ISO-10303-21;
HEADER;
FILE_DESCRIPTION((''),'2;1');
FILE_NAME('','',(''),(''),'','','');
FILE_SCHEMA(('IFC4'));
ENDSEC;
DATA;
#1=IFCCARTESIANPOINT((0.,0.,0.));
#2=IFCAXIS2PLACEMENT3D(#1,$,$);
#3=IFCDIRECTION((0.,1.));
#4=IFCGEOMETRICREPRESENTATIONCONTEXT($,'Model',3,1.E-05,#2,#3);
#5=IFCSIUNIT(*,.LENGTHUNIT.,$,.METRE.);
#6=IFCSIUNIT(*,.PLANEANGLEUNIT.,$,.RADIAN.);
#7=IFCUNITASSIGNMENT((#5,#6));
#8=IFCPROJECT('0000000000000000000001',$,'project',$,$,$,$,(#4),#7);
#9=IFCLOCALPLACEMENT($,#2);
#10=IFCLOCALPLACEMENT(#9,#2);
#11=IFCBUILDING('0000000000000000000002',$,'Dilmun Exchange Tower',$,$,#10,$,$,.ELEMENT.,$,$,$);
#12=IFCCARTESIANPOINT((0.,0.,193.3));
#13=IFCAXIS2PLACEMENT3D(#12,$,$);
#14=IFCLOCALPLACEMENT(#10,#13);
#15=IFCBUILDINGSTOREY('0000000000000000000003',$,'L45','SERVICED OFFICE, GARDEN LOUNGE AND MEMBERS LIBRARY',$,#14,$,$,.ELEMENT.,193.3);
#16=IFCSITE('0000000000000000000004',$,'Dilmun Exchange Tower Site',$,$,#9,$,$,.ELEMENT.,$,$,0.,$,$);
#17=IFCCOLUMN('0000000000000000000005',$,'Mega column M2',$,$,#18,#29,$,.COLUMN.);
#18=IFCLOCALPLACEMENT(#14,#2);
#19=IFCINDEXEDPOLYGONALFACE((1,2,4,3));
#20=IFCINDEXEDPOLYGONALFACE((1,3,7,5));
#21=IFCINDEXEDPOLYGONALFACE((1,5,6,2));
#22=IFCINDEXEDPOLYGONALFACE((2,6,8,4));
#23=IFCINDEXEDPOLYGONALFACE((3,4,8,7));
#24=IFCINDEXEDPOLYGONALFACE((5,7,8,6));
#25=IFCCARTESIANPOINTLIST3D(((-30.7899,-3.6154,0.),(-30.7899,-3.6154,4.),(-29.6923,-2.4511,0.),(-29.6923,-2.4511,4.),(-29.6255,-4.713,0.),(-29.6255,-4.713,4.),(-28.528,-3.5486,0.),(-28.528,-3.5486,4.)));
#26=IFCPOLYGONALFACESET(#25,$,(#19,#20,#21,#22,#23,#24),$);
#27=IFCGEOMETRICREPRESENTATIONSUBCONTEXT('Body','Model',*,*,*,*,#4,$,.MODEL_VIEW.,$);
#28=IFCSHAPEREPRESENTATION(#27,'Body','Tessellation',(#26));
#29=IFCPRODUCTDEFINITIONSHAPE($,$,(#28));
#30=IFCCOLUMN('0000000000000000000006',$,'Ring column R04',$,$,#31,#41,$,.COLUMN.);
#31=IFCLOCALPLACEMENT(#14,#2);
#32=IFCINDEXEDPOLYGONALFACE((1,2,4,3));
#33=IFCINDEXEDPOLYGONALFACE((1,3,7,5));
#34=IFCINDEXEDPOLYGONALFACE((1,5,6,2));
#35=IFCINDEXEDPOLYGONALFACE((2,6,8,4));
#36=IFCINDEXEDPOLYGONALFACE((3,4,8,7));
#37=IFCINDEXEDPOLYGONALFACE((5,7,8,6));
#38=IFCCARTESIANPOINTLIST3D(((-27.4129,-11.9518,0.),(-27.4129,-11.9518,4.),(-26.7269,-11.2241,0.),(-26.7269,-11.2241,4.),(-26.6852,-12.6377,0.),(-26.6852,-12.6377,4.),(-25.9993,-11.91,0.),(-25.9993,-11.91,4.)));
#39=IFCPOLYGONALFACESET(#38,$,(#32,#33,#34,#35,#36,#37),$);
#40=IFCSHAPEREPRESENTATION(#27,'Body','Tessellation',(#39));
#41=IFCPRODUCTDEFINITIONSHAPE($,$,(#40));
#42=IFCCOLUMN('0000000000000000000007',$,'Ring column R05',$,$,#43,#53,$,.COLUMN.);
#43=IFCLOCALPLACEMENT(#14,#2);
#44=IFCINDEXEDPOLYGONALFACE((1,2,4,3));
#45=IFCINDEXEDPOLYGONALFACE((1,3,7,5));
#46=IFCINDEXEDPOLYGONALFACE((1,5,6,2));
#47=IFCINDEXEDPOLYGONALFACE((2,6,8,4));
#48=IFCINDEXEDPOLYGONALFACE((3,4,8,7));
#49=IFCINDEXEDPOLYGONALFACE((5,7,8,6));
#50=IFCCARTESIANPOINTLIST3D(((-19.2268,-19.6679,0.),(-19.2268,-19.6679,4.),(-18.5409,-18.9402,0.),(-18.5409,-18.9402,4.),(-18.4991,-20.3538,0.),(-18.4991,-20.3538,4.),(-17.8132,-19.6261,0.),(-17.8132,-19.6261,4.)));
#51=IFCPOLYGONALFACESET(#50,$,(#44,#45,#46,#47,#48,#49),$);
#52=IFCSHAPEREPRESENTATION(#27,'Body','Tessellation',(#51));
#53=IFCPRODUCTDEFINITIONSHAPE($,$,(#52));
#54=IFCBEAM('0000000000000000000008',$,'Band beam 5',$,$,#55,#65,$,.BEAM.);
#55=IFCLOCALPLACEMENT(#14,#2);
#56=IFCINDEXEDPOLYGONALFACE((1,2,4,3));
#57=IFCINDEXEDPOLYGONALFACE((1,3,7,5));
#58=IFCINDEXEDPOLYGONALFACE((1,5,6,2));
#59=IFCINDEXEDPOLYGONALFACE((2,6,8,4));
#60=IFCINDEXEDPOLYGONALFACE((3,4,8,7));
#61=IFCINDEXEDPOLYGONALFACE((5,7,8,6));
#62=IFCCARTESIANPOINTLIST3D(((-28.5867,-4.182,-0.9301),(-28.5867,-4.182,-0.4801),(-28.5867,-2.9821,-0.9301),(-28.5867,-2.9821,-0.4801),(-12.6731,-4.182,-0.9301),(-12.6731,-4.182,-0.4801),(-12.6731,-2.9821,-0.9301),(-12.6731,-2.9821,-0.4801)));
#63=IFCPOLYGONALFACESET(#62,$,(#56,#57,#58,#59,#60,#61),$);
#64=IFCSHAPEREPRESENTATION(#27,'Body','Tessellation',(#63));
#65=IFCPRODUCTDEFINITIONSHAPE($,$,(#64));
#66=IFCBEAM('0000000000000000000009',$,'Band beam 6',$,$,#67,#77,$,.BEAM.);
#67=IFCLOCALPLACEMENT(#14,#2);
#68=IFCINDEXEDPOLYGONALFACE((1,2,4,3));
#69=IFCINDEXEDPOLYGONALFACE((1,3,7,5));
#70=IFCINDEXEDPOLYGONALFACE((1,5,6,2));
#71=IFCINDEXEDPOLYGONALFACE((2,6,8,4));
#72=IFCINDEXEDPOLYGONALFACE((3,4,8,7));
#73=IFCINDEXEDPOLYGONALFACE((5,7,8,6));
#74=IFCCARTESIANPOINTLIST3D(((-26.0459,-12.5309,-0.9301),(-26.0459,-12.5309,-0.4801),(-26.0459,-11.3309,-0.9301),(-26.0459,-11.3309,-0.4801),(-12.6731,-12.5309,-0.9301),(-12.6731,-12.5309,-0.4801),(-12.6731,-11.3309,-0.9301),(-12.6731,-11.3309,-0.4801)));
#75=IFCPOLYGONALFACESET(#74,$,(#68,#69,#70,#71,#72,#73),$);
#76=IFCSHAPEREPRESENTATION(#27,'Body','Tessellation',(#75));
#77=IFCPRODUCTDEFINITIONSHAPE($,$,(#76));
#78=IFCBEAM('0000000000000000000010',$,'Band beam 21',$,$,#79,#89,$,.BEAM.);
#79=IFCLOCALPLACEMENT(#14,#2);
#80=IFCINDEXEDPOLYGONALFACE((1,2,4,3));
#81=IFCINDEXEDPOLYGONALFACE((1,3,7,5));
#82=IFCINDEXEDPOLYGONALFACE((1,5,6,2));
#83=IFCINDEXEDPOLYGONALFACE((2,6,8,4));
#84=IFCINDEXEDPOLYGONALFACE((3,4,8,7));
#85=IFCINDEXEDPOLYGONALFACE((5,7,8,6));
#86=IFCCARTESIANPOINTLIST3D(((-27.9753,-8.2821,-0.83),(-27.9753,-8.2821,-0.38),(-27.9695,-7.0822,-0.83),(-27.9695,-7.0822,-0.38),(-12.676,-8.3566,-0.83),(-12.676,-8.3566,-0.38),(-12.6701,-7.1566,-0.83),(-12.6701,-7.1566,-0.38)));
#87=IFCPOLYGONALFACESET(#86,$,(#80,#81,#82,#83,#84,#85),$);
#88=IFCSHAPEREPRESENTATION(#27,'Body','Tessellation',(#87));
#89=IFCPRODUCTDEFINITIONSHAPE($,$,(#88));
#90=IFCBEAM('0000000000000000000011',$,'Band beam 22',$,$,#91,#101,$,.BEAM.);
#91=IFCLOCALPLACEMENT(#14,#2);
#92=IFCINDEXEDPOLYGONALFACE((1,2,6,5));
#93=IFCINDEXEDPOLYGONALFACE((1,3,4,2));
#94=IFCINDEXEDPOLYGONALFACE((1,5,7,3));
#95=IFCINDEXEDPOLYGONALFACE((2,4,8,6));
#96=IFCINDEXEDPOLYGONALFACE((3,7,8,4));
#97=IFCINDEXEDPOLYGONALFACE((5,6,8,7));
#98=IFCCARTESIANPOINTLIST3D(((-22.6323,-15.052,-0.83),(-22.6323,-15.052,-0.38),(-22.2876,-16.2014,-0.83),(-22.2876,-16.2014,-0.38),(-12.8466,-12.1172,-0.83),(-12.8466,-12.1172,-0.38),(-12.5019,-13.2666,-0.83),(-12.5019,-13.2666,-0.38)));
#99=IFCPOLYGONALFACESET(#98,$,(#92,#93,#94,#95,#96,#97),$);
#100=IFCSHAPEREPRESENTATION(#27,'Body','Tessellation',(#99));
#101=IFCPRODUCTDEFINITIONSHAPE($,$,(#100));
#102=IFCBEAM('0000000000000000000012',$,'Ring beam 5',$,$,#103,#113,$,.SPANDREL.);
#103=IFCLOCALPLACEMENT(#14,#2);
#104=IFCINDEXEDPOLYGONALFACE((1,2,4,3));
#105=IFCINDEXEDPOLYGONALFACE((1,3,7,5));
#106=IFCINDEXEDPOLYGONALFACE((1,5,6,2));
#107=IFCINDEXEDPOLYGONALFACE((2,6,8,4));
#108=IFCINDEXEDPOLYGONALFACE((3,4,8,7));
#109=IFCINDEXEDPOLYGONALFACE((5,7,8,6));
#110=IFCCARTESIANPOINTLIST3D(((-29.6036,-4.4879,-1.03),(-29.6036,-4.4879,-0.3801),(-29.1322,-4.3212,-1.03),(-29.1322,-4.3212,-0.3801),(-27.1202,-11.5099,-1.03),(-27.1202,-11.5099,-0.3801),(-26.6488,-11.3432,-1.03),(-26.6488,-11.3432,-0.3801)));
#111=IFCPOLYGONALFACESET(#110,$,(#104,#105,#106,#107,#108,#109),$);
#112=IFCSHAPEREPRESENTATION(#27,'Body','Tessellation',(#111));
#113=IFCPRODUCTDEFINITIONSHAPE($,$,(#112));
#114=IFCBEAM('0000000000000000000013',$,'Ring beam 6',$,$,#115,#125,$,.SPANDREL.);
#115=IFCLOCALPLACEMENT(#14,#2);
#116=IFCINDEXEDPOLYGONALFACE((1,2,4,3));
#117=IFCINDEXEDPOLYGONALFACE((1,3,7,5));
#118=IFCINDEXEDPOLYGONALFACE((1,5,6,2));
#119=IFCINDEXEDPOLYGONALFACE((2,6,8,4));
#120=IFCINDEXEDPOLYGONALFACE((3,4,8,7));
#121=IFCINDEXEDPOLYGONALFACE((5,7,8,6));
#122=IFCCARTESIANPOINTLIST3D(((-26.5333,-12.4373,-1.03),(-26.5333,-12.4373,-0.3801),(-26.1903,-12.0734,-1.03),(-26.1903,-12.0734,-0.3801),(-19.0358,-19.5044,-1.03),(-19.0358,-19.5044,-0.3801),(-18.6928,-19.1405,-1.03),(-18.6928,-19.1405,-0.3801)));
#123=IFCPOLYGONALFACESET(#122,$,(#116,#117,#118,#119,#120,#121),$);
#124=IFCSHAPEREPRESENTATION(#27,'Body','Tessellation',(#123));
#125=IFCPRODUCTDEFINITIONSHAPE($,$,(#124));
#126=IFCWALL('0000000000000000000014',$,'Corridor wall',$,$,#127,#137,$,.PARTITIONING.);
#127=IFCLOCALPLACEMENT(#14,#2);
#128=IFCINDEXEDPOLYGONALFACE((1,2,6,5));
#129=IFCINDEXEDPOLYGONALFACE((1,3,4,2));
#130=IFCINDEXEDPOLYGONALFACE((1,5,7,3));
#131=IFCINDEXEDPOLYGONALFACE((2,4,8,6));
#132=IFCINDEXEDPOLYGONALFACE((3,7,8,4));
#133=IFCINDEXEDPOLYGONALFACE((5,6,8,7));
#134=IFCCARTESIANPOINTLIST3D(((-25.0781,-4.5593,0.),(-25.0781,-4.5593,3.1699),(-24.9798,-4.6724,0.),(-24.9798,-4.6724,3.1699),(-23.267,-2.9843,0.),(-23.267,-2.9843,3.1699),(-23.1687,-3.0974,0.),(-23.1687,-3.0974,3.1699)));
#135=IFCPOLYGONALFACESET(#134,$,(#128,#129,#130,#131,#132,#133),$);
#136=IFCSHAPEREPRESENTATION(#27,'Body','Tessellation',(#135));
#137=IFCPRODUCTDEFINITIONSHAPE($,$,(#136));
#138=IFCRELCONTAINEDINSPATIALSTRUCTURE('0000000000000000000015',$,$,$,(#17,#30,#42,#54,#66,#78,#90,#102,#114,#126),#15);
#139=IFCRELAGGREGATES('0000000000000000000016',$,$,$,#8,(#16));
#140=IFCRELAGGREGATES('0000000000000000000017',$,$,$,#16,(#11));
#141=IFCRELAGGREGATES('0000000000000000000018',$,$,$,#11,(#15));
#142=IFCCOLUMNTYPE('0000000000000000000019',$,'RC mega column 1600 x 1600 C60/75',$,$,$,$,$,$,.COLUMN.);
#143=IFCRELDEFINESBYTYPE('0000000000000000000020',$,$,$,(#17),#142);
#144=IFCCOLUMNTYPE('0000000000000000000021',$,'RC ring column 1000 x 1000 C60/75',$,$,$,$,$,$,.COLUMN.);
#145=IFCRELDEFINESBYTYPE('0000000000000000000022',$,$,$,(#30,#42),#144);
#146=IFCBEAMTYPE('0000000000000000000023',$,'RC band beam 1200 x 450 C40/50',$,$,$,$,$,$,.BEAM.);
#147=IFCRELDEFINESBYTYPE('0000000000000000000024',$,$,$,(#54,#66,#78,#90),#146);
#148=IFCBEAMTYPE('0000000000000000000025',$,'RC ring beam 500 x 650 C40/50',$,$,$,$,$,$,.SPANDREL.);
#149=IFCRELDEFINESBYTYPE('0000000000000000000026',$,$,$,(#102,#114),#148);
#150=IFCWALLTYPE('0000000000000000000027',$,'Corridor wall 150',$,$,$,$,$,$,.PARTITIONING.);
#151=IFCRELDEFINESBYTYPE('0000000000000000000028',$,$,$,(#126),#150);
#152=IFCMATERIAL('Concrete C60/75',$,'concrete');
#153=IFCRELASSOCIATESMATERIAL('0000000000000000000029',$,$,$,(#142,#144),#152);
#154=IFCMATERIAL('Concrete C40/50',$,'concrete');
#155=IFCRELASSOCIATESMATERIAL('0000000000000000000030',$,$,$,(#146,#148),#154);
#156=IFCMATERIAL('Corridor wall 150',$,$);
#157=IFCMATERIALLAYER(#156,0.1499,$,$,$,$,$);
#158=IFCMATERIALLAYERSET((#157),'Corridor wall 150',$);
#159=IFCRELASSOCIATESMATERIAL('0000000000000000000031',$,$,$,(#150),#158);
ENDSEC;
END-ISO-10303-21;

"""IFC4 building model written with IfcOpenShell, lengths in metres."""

from ifc_helpers import new_model, si_unit, direction, frame, frame_2d, origin, origin_2d, place, context, subcontext, project, spatial, rectangle, extrude, material, layer, layer_set, material_profile, profile_set, type_object, element, save


model = new_model("IFC4")

# Units and contexts
model_context = context("Model", 3, precision=1e-05, world=origin(), true_north=direction((0.0, 1.0)))
body_context = subcontext(model_context, "Body", "Model", "MODEL_VIEW")
ifc_project = project(units=[si_unit("LENGTHUNIT", "METRE"), si_unit("PLANEANGLEUNIT", "RADIAN")], contexts=[model_context])

# Site, building, storey
site_placement = place(None, origin())
site = spatial("IfcSite", under=ifc_project, at=site_placement, Name="Dilmun Exchange Tower Site", CompositionType="ELEMENT", RefElevation=0.0)
building_placement = place(site_placement, origin())
building = spatial("IfcBuilding", under=site, at=building_placement, Name="Dilmun Exchange Tower", CompositionType="ELEMENT")
storey_placement = place(building_placement, frame((0.0, 0.0, 193.3)))
storey = spatial("IfcBuildingStorey", under=building, at=storey_placement, Name="L45", Description="SERVICED OFFICE, GARDEN LOUNGE AND MEMBERS LIBRARY", CompositionType="ELEMENT", Elevation=193.3)

# Columns
ifc_material_1 = material(Name="Concrete C60/75", Category="concrete")
ifc_material_profile_1 = material_profile(ifc_material_1, rectangle(XDim=1.6001, YDim=1.6001, at=origin_2d()), Name="1600 x 1600")
ifc_profile_set_1 = profile_set([ifc_material_profile_1], Name="Concrete C60/75")
column_type_1 = type_object("IfcColumnType", Name="RC mega column 1600 x 1600 C60/75", PredefinedType="COLUMN", material=ifc_profile_set_1)
column_placement = place(storey_placement, frame((-29.6589, -3.582, 0.0), z_axis=(0.0, 0.0, 1.0), x_axis=(0.685916, 0.727681, 0.0)))
element("IfcColumn", 1, at=column_placement, inside=storey, type_object=column_type_1, Name="Mega column M2", PredefinedType="COLUMN", context=body_context, shape_type="SweptSolid", body=[
    extrude(rectangle(XDim=1.6001, YDim=1.6001, at=origin_2d()), origin(), (0.0, 0.0, 1.0), 4.0),
])
ifc_material_profile_2 = material_profile(ifc_material_1, rectangle(XDim=1.0, YDim=1.0, at=origin_2d()), Name="1000 x 1000")
ifc_profile_set_2 = profile_set([ifc_material_profile_2], Name="Concrete C60/75")
column_type_2 = type_object("IfcColumnType", Name="RC ring column 1000 x 1000 C60/75", PredefinedType="COLUMN", material=ifc_profile_set_2)
for number, where, z_axis, x_axis, name in (
    (2, (-26.7061, -11.9309, 0.0), (0.0, 0.0, 1.0), (0.685916, 0.727681, 0.0), "Ring column R04"),
    (3, (-18.52, -19.647, 0.0), (0.0, 0.0, 1.0), (0.685916, 0.727681, 0.0), "Ring column R05"),
):
    element("IfcColumn", number, at=place(storey_placement, frame(where, z_axis=z_axis, x_axis=x_axis)), inside=storey, type_object=column_type_2, Name=name, PredefinedType="COLUMN", context=body_context, shape_type="SweptSolid", body=[
        extrude(rectangle(XDim=1.0, YDim=1.0, at=origin_2d()), origin(), (0.0, 0.0, 1.0), 4.0),
    ])

# Beams
ifc_material_2 = material(Name="Concrete C40/50", Category="concrete")
ifc_material_profile_3 = material_profile(ifc_material_2, rectangle(XDim=1.2, YDim=0.45, at=origin_2d()), Name="1200 x 450")
ifc_profile_set_3 = profile_set([ifc_material_profile_3], Name="Concrete C40/50")
beam_type_1 = type_object("IfcBeamType", Name="RC band beam 1200 x 450 C40/50", PredefinedType="BEAM", material=ifc_profile_set_3)
beam_1_placement = place(storey_placement, frame((-28.5867, -3.582, -0.7051), z_axis=(1.0, 0.0, 0.0), x_axis=(0.0, 1.0, 0.0)))
element("IfcBeam", 4, at=beam_1_placement, inside=storey, type_object=beam_type_1, Name="Band beam 5", PredefinedType="BEAM", context=body_context, shape_type="SweptSolid", body=[
    extrude(rectangle(XDim=1.2, YDim=0.45, at=origin_2d()), origin(), (0.0, 0.0, 1.0), 15.9136),
])
beam_2_placement = place(storey_placement, frame((-26.0459, -11.9309, -0.7051), z_axis=(1.0, 0.0, 0.0), x_axis=(0.0, 1.0, 0.0)))
element("IfcBeam", 5, at=beam_2_placement, inside=storey, type_object=beam_type_1, Name="Band beam 6", PredefinedType="BEAM", context=body_context, shape_type="SweptSolid", body=[
    extrude(rectangle(XDim=1.2, YDim=0.45, at=origin_2d()), origin(), (0.0, 0.0, 1.0), 13.3728),
])
beam_3_placement = place(storey_placement, frame((-27.9724, -7.6821, -0.605), z_axis=(0.999988, -0.004867, 0.0), x_axis=(0.004867, 0.999988, 0.0)))
element("IfcBeam", 6, at=beam_3_placement, inside=storey, type_object=beam_type_1, Name="Band beam 21", PredefinedType="BEAM", context=body_context, shape_type="SweptSolid", body=[
    extrude(rectangle(XDim=1.2, YDim=0.45, at=origin_2d()), origin(), (0.0, 0.0, 1.0), 15.2996),
])
beam_4_placement = place(storey_placement, frame((-22.46, -15.6267, -0.605), z_axis=(0.95785, 0.287269, 0.0), x_axis=(-0.287269, 0.95785, 0.0)))
element("IfcBeam", 7, at=beam_4_placement, inside=storey, type_object=beam_type_1, Name="Band beam 22", PredefinedType="BEAM", context=body_context, shape_type="SweptSolid", body=[
    extrude(rectangle(XDim=1.2, YDim=0.45, at=origin_2d()), origin(), (0.0, 0.0, 1.0), 10.2163),
])
ifc_material_profile_4 = material_profile(ifc_material_2, rectangle(XDim=0.5, YDim=0.6499, at=origin_2d()), Name="500 x 650")
ifc_profile_set_4 = profile_set([ifc_material_profile_4], Name="Concrete C40/50")
beam_type_2 = type_object("IfcBeamType", Name="RC ring beam 500 x 650 C40/50", PredefinedType="SPANDREL", material=ifc_profile_set_4)
beam_5_placement = place(storey_placement, frame((-29.3679, -4.4045, -0.7051), z_axis=(0.333424, -0.942777, 0.0), x_axis=(0.942777, 0.333424, 0.0)))
element("IfcBeam", 8, at=beam_5_placement, inside=storey, type_object=beam_type_2, Name="Ring beam 5", PredefinedType="SPANDREL", context=body_context, shape_type="SweptSolid", body=[
    extrude(rectangle(XDim=0.5, YDim=0.6499, at=origin_2d()), origin(), (0.0, 0.0, 1.0), 7.4482),
])
beam_6_placement = place(storey_placement, frame((-26.3618, -12.2554, -0.7051), z_axis=(0.727686, -0.685911, 0.0), x_axis=(0.685911, 0.727686, 0.0)))
element("IfcBeam", 9, at=beam_6_placement, inside=storey, type_object=beam_type_2, Name="Ring beam 6", PredefinedType="SPANDREL", context=body_context, shape_type="SweptSolid", body=[
    extrude(rectangle(XDim=0.5, YDim=0.6499, at=origin_2d()), origin(), (0.0, 0.0, 1.0), 10.3032),
])

# Wall
ifc_material_3 = material(Name="Corridor wall 150")
ifc_layer_1 = layer(ifc_material_3, 0.1499)
ifc_layer_set_1 = layer_set([ifc_layer_1], Name="Corridor wall 150")
wall_type_1 = type_object("IfcWallType", Name="Corridor wall 150", PredefinedType="PARTITIONING", material=ifc_layer_set_1)
wall_1_placement = place(storey_placement, frame((-25.0291, -4.616, 0.0), z_axis=(0.0, 0.0, 1.0), x_axis=(0.754577, 0.656211, 0.0)))
element("IfcWall", 10, at=wall_1_placement, inside=storey, type_object=wall_type_1, Name="Corridor wall", PredefinedType="PARTITIONING", context=body_context, shape_type="SweptSolid", body=[
    extrude(rectangle(XDim=2.4001, YDim=0.1499, at=frame_2d((1.2002, 0.0))), origin(), (0.0, 0.0, 1.0), 3.1699),
])

save(model, "model.ifc")
